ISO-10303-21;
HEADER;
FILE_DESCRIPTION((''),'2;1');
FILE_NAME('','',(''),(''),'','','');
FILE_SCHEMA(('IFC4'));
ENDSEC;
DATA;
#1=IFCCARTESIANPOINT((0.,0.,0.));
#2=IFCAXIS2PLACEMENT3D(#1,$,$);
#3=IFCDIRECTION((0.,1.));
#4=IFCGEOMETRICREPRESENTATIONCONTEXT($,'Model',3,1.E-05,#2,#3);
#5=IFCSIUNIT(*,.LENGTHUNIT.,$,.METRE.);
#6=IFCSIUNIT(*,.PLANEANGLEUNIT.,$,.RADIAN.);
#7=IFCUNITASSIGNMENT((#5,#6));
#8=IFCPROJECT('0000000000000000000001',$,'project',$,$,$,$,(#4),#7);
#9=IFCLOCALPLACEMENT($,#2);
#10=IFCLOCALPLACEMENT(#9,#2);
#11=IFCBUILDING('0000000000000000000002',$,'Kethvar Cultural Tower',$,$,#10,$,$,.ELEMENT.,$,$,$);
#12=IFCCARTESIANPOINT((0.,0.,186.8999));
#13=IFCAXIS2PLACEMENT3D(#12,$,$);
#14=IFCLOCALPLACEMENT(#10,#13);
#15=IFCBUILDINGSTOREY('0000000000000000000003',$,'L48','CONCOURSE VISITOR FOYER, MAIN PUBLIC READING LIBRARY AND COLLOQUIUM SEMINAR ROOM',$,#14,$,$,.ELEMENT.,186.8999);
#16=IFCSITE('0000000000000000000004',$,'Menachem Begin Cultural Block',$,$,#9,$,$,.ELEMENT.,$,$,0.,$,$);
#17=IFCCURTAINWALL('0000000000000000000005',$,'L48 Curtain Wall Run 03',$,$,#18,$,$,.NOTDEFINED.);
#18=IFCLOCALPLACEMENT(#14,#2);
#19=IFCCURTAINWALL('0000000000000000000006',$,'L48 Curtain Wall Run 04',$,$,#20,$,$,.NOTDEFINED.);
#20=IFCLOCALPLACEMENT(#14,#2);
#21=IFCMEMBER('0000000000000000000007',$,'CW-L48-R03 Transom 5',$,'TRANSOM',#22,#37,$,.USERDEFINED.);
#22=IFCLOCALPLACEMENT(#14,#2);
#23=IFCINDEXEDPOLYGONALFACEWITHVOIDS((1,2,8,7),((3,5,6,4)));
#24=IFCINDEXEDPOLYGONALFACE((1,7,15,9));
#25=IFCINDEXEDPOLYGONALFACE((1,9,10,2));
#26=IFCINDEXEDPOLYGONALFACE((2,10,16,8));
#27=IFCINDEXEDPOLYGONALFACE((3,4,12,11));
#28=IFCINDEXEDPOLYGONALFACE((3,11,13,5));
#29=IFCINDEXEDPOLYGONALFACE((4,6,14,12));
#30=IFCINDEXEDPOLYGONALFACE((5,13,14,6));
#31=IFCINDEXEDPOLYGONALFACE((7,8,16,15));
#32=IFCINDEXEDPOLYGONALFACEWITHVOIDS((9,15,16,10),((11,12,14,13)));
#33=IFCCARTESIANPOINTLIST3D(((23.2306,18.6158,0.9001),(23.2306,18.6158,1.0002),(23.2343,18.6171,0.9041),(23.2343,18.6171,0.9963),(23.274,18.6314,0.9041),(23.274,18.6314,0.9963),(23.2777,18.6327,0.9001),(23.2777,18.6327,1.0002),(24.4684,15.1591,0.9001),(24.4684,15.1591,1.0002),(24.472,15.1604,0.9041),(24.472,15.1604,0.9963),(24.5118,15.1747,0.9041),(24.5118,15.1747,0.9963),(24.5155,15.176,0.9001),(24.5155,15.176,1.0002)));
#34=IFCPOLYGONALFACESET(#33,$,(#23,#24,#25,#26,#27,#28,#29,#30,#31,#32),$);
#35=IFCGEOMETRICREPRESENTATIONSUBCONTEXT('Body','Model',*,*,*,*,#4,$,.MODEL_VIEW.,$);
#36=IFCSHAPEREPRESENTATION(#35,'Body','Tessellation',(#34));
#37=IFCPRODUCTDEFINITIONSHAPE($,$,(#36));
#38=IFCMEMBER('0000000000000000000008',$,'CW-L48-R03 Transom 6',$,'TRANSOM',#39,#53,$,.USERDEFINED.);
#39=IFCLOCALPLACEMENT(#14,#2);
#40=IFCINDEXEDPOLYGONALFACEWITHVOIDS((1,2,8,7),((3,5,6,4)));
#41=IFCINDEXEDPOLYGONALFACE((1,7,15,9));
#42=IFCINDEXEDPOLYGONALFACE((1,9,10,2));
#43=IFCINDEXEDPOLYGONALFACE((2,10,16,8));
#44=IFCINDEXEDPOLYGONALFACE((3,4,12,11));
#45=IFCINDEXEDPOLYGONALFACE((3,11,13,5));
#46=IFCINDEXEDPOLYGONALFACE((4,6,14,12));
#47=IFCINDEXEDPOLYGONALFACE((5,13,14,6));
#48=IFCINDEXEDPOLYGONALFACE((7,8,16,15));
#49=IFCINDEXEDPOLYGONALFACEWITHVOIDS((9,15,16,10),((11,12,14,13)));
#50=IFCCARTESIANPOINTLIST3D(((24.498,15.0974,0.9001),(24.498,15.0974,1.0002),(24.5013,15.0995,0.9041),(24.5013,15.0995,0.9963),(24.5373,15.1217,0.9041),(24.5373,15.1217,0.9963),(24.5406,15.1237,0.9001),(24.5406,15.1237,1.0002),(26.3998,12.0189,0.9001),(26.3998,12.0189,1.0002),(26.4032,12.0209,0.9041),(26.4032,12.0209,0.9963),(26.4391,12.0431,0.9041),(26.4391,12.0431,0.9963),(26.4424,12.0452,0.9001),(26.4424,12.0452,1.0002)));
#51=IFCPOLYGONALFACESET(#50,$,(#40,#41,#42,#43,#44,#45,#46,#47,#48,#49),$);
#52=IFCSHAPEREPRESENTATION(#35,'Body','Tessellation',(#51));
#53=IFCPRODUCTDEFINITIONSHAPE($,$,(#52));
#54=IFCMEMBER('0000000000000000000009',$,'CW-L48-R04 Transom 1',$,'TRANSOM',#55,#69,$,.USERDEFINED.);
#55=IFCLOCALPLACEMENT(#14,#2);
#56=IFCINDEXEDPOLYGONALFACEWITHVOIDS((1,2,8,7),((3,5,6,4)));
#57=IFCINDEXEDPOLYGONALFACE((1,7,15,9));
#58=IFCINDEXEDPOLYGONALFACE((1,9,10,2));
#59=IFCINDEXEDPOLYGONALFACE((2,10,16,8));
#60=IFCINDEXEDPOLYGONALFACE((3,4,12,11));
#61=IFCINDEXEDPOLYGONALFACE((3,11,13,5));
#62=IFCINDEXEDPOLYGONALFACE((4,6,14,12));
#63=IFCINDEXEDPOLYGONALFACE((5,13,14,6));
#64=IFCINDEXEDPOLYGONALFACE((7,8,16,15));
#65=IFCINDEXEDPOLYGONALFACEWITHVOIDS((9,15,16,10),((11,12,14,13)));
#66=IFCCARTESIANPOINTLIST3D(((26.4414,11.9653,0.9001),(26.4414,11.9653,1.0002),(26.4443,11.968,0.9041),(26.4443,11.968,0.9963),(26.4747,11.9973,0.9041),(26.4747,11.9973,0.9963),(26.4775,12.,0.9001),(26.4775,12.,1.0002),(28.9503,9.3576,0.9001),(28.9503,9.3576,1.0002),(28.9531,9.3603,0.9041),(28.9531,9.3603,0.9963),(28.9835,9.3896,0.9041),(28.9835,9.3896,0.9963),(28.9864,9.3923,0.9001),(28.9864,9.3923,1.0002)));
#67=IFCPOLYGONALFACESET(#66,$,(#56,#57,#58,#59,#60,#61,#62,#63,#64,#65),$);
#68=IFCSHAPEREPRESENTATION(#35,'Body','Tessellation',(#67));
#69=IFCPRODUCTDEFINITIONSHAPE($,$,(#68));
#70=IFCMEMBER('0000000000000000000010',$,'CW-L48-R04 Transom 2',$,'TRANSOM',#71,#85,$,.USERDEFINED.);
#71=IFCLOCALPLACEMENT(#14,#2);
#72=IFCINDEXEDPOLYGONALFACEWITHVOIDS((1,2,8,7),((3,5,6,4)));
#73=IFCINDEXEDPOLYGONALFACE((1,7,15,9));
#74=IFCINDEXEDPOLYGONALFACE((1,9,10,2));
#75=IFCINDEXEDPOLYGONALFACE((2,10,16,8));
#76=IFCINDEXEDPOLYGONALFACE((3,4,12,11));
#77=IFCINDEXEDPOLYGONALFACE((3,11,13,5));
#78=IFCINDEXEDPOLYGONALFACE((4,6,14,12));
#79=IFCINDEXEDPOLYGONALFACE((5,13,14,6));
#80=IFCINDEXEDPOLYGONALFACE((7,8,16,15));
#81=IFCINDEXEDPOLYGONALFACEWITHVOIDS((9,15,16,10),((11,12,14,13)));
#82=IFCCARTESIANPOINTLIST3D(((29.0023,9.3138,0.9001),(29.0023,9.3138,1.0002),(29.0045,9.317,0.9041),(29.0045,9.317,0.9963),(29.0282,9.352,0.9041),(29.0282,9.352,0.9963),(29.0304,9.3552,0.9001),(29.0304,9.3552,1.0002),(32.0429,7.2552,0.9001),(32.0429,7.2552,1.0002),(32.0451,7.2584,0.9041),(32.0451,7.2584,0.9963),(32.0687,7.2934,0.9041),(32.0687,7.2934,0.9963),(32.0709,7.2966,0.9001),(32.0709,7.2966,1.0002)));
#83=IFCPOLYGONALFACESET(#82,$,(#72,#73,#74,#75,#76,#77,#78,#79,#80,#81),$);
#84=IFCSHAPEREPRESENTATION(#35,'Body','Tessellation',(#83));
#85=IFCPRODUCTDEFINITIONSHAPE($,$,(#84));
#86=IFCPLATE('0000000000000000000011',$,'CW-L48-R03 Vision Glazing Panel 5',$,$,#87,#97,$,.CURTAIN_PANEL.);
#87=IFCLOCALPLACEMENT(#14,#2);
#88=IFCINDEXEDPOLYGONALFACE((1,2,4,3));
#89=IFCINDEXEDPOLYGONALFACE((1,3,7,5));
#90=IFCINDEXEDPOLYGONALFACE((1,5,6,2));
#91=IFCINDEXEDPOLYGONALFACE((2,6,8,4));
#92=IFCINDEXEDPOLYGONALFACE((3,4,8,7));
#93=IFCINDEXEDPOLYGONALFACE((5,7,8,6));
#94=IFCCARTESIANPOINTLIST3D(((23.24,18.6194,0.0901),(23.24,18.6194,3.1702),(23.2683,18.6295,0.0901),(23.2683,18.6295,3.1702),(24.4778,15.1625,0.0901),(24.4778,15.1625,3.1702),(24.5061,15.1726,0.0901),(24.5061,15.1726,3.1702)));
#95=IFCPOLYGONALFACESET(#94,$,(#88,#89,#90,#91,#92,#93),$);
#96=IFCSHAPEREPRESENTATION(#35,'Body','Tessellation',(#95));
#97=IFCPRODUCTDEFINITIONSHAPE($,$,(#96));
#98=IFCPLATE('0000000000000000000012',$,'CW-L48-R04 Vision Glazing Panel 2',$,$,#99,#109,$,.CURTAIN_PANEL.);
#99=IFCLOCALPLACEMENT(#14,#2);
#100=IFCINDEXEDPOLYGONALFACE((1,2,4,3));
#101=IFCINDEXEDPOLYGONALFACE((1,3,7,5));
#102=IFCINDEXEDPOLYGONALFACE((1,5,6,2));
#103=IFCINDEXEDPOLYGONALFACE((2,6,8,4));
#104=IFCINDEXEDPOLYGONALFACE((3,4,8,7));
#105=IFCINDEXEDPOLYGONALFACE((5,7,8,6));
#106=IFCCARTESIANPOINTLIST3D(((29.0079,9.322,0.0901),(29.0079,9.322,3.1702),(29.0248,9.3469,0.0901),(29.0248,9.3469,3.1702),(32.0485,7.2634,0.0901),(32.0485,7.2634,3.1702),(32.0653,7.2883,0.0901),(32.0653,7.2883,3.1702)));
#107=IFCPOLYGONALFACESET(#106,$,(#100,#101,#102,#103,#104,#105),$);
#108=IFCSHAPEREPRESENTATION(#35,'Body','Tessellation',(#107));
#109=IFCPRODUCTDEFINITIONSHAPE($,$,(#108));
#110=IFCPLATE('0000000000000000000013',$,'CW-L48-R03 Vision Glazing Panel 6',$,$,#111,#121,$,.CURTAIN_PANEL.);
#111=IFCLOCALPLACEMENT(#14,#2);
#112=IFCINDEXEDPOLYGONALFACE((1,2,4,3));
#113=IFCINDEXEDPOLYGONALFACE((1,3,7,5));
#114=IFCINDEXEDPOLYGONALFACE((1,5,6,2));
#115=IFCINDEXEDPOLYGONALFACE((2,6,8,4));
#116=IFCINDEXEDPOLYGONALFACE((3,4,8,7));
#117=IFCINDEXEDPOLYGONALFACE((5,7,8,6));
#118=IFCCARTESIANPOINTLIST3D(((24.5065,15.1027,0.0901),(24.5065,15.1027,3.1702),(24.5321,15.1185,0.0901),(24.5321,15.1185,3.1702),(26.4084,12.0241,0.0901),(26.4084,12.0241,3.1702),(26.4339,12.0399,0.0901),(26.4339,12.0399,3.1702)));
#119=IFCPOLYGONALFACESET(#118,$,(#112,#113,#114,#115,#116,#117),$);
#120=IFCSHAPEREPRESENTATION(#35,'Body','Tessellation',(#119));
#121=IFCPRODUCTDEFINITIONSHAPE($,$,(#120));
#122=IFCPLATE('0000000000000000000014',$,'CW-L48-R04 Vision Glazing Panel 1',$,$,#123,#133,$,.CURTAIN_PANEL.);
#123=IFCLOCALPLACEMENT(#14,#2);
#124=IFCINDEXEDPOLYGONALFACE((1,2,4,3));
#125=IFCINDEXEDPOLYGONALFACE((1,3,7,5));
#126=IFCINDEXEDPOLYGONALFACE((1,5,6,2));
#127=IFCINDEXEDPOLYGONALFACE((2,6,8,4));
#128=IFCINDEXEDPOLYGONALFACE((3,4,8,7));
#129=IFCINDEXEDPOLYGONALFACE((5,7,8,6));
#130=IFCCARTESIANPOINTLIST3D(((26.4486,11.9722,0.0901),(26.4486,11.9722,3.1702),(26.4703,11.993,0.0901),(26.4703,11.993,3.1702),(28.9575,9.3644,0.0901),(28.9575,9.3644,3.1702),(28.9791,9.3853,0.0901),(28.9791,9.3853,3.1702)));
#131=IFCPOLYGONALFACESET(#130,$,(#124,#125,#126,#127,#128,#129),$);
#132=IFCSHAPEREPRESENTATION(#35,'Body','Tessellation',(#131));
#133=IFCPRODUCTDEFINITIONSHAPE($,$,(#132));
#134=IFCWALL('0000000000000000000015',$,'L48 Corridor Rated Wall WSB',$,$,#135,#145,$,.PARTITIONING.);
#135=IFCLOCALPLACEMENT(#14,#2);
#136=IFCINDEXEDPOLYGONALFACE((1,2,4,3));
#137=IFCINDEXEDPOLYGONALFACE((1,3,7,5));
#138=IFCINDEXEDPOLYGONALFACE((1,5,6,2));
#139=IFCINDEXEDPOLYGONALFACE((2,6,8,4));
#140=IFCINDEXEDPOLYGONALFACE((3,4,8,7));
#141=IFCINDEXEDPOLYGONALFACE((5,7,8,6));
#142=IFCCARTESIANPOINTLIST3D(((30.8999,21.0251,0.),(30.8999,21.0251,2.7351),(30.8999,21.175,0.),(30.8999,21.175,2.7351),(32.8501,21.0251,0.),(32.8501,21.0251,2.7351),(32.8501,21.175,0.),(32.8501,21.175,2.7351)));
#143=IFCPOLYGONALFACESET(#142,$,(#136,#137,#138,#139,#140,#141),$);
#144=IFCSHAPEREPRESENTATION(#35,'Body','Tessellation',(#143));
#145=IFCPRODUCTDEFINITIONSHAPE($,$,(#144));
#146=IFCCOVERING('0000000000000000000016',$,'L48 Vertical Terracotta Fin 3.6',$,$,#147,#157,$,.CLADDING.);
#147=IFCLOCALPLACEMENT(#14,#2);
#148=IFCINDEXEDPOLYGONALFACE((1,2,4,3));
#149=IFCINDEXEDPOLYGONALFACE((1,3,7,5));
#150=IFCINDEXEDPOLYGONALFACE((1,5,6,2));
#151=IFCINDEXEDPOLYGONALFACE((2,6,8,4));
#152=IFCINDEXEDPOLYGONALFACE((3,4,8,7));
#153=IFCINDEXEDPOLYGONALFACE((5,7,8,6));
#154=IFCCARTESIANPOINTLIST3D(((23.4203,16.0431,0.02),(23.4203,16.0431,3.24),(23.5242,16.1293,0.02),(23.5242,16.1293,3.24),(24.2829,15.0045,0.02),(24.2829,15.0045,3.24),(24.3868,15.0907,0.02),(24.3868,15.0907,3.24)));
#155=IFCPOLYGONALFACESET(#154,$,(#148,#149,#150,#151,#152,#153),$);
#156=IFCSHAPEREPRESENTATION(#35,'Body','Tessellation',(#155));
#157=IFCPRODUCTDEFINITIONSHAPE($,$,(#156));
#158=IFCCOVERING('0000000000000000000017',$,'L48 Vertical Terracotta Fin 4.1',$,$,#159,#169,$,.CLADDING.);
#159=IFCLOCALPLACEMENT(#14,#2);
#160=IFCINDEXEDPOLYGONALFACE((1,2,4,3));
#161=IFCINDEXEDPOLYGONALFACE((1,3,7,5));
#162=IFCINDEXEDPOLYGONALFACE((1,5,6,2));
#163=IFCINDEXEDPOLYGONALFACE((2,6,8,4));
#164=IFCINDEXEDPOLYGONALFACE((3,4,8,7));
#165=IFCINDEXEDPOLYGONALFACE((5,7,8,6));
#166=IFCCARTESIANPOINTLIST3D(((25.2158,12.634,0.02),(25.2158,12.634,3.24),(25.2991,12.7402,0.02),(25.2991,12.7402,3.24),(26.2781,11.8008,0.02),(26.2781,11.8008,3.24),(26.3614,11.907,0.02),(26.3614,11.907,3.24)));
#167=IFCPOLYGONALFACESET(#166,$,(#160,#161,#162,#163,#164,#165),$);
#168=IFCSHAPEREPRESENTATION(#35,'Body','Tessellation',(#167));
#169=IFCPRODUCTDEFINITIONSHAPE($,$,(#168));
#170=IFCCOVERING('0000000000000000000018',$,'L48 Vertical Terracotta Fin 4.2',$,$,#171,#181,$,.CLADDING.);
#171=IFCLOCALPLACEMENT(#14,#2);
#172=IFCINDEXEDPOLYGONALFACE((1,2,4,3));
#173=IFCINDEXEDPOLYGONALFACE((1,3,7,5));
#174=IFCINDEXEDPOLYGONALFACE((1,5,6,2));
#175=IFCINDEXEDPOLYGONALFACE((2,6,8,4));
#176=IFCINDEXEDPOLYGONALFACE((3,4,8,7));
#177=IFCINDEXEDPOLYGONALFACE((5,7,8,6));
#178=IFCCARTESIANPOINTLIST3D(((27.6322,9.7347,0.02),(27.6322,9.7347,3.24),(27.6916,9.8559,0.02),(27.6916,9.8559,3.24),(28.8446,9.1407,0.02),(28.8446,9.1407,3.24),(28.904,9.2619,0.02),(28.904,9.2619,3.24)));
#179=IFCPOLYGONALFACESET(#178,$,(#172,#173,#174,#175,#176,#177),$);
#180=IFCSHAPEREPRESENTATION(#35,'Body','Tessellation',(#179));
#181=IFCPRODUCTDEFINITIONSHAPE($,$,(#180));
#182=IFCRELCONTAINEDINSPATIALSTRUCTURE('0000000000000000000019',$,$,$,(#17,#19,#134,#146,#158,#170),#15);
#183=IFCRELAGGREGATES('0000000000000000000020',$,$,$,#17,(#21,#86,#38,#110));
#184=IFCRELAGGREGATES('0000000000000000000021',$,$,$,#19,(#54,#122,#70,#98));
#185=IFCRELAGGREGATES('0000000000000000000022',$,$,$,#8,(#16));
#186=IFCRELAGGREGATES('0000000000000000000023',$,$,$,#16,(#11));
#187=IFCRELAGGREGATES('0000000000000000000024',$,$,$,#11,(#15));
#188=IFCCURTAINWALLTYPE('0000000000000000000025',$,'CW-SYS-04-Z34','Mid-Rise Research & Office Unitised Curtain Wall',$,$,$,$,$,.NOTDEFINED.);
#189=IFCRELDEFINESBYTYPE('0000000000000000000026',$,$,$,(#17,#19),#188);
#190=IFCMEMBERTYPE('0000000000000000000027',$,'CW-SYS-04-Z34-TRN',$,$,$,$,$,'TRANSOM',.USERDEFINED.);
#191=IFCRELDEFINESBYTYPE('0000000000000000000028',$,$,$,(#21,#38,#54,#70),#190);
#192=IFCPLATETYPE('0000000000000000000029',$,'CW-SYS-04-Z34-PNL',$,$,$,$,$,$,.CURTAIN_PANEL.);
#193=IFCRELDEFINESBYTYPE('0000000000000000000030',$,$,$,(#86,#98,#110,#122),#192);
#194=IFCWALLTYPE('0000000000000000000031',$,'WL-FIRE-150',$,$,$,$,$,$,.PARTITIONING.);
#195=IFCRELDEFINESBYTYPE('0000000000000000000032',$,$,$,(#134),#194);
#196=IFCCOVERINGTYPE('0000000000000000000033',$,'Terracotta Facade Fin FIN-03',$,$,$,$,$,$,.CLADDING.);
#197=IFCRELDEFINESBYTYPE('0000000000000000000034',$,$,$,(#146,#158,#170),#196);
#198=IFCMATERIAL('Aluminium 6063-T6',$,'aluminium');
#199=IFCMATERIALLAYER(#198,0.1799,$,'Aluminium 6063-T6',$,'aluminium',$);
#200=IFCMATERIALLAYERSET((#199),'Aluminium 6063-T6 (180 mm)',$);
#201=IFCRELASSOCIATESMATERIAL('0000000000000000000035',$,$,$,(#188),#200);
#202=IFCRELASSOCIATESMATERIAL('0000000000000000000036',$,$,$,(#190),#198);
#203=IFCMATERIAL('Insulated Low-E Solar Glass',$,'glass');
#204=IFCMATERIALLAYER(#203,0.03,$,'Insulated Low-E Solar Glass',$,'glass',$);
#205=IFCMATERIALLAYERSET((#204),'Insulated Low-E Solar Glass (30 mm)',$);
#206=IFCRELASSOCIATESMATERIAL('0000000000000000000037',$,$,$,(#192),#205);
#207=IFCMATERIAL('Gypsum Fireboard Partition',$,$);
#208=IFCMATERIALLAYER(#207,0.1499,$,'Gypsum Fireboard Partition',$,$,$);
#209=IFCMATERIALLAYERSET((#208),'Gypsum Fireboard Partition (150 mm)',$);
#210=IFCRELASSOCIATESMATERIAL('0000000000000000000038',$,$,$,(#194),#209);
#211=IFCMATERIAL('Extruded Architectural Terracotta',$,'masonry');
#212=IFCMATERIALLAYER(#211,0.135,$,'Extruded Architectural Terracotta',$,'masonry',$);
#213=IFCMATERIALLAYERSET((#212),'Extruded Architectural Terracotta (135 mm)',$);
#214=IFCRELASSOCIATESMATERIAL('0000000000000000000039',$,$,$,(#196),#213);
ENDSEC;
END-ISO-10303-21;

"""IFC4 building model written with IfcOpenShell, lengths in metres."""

from ifc_helpers import new_model, si_unit, direction, frame, frame_2d, origin, origin_2d, place, context, subcontext, project, spatial, rectangle, hollow_rectangle, extrude, source, transform, mapped, material, layer, layer_set, material_profile, profile_set, type_object, element, aggregate, save


model = new_model("IFC4")

# Units and contexts
model_context = context("Model", 3, precision=1e-05, world=origin(), true_north=direction((0.0, 1.0)))
body_context = subcontext(model_context, "Body", "Model", "MODEL_VIEW")
ifc_project = project(units=[si_unit("LENGTHUNIT", "METRE"), si_unit("PLANEANGLEUNIT", "RADIAN")], contexts=[model_context])

# Site, building, storey
site_placement = place(None, origin())
site = spatial("IfcSite", under=ifc_project, at=site_placement, Name="Menachem Begin Cultural Block", CompositionType="ELEMENT", RefElevation=0.0)
building_placement = place(site_placement, origin())
building = spatial("IfcBuilding", under=site, at=building_placement, Name="Kethvar Cultural Tower", CompositionType="ELEMENT")
storey_placement = place(building_placement, frame((0.0, 0.0, 186.8999)))
storey = spatial("IfcBuildingStorey", under=building, at=storey_placement, Name="L48", Description="CONCOURSE VISITOR FOYER, MAIN PUBLIC READING LIBRARY AND COLLOQUIUM SEMINAR ROOM", CompositionType="ELEMENT", Elevation=186.8999)

# Curtain walls
ifc_material_1 = material(Name="Aluminium 6063-T6", Category="aluminium")
ifc_layer_1 = layer(ifc_material_1, 0.1799, Name="Aluminium 6063-T6", Category="aluminium")
ifc_layer_set_1 = layer_set([ifc_layer_1], Name="Aluminium 6063-T6 (180 mm)")
curtain_wall_type = type_object("IfcCurtainWallType", Name="CW-SYS-04-Z34", Description="Mid-Rise Research & Office Unitised Curtain Wall", PredefinedType="NOTDEFINED", material=ifc_layer_set_1)
curtain_wall_1_placement = place(storey_placement, origin())
curtain_wall_1 = element("IfcCurtainWall", 1, at=curtain_wall_1_placement, inside=storey, type_object=curtain_wall_type, Name="L48 Curtain Wall Run 03", PredefinedType="NOTDEFINED")
curtain_wall_2_placement = place(storey_placement, origin())
curtain_wall_2 = element("IfcCurtainWall", 2, at=curtain_wall_2_placement, inside=storey, type_object=curtain_wall_type, Name="L48 Curtain Wall Run 04", PredefinedType="NOTDEFINED")

# Members
ifc_material_profile_1 = material_profile(ifc_material_1, hollow_rectangle(XDim=0.05, YDim=0.1001, WallThickness=0.0039, at=origin_2d()), Name="Aluminium 6063-T6 — RHS100x50x4")
ifc_profile_set_1 = profile_set([ifc_material_profile_1], Name="Aluminium 6063-T6 — RHS100x50x4")
member_type_1 = type_object("IfcMemberType", Name="CW-SYS-04-Z34-TRN", ElementType="TRANSOM", PredefinedType="USERDEFINED", material=ifc_profile_set_1)
shared_shape_1 = source(origin(), body_context, "Body", "SweptSolid", [
    extrude(hollow_rectangle(XDim=0.05, YDim=0.1001, WallThickness=0.0039, at=origin_2d()), origin(), (0.0, 0.0, 1.0), 3.6716),
])
member_1_placement = place(storey_placement, frame((23.2542, 18.6243, 0.9502), z_axis=(0.337116, -0.941463, 0.0), x_axis=(0.941463, 0.337116, 0.0)))
member_1 = element("IfcMember", 3, at=member_1_placement, type_object=member_type_1, Name="CW-L48-R03 Transom 5", ObjectType="TRANSOM", PredefinedType="USERDEFINED", context=body_context, shape_type="MappedRepresentation", body=[
    mapped(shared_shape_1, transform((0.0, 0.0, 0.0), scale=1.0)),
])
shared_shape_2 = source(origin(), body_context, "Body", "SweptSolid", [
    extrude(hollow_rectangle(XDim=0.05, YDim=0.1001, WallThickness=0.0039, at=origin_2d()), origin(), (0.0, 0.0, 1.0), 3.6187),
])
member_2_placement = place(storey_placement, frame((24.5193, 15.1106, 0.9502), z_axis=(0.525565, -0.850754, 0.0), x_axis=(0.850754, 0.525565, 0.0)))
member_2 = element("IfcMember", 4, at=member_2_placement, type_object=member_type_1, Name="CW-L48-R03 Transom 6", ObjectType="TRANSOM", PredefinedType="USERDEFINED", context=body_context, shape_type="MappedRepresentation", body=[
    mapped(shared_shape_2, transform((0.0, 0.0, 0.0), scale=1.0)),
])
member_3_placement = place(storey_placement, frame((26.4595, 11.9827, 0.9502), z_axis=(0.693312, -0.720637, 0.0), x_axis=(0.720637, 0.693312, 0.0)))
member_3 = element("IfcMember", 5, at=member_3_placement, type_object=member_type_1, Name="CW-L48-R04 Transom 1", ObjectType="TRANSOM", PredefinedType="USERDEFINED", context=body_context, shape_type="MappedRepresentation", body=[
    mapped(shared_shape_2, transform((0.0, 0.0, 0.0), scale=1.0)),
])
shared_shape_3 = source(origin(), body_context, "Body", "SweptSolid", [
    extrude(hollow_rectangle(XDim=0.05, YDim=0.1001, WallThickness=0.0039, at=origin_2d()), origin(), (0.0, 0.0, 1.0), 3.6719),
])
member_4_placement = place(storey_placement, frame((29.0164, 9.3345, 0.9502), z_axis=(0.82806, -0.560639, 0.0), x_axis=(0.560639, 0.82806, 0.0)))
member_4 = element("IfcMember", 6, at=member_4_placement, type_object=member_type_1, Name="CW-L48-R04 Transom 2", ObjectType="TRANSOM", PredefinedType="USERDEFINED", context=body_context, shape_type="MappedRepresentation", body=[
    mapped(shared_shape_3, transform((0.0, 0.0, 0.0), scale=1.0)),
])

# Plates
ifc_material_2 = material(Name="Insulated Low-E Solar Glass", Category="glass")
ifc_layer_2 = layer(ifc_material_2, 0.03, Name="Insulated Low-E Solar Glass", Category="glass")
ifc_layer_set_2 = layer_set([ifc_layer_2], Name="Insulated Low-E Solar Glass (30 mm)")
plate_type = type_object("IfcPlateType", Name="CW-SYS-04-Z34-PNL", PredefinedType="CURTAIN_PANEL", material=ifc_layer_set_2)
shared_shape_4 = source(origin(), body_context, "Body", "SweptSolid", [
    extrude(rectangle(XDim=3.6719, YDim=0.03, at=origin_2d()), origin(), (0.0, 0.0, 1.0), 3.0801),
])
plate_1_placement = place(storey_placement, frame((23.873, 16.896, 0.0901), z_axis=(0.0, 0.0, 1.0), x_axis=(0.337095, -0.941471, 0.0)))
plate_1 = element("IfcPlate", 7, at=plate_1_placement, type_object=plate_type, Name="CW-L48-R03 Vision Glazing Panel 5", PredefinedType="CURTAIN_PANEL", context=body_context, shape_type="MappedRepresentation", body=[
    mapped(shared_shape_4, transform((0.0, 0.0, 0.0), scale=1.0)),
])
plate_2_placement = place(storey_placement, frame((30.5366, 8.3052, 0.0901), z_axis=(0.0, 0.0, 1.0), x_axis=(0.82806, -0.560639, 0.0)))
plate_2 = element("IfcPlate", 8, at=plate_2_placement, type_object=plate_type, Name="CW-L48-R04 Vision Glazing Panel 2", PredefinedType="CURTAIN_PANEL", context=body_context, shape_type="MappedRepresentation", body=[
    mapped(shared_shape_4, transform((0.0, 0.0, 0.0), scale=1.0)),
])
shared_shape_5 = source(origin(), body_context, "Body", "SweptSolid", [
    extrude(rectangle(XDim=3.6187, YDim=0.03, at=origin_2d()), origin(), (0.0, 0.0, 1.0), 3.0801),
])
plate_3_placement = place(storey_placement, frame((25.4702, 13.5713, 0.0901), z_axis=(0.0, 0.0, 1.0), x_axis=(0.525576, -0.850747, 0.0)))
plate_3 = element("IfcPlate", 9, at=plate_3_placement, type_object=plate_type, Name="CW-L48-R03 Vision Glazing Panel 6", PredefinedType="CURTAIN_PANEL", context=body_context, shape_type="MappedRepresentation", body=[
    mapped(shared_shape_5, transform((0.0, 0.0, 0.0), scale=1.0)),
])
aggregate(curtain_wall_1, [member_1, plate_1, member_2, plate_3])
plate_4_placement = place(storey_placement, frame((27.7139, 10.6787, 0.0901), z_axis=(0.0, 0.0, 1.0), x_axis=(0.693314, -0.720636, 0.0)))
plate_4 = element("IfcPlate", 10, at=plate_4_placement, type_object=plate_type, Name="CW-L48-R04 Vision Glazing Panel 1", PredefinedType="CURTAIN_PANEL", context=body_context, shape_type="MappedRepresentation", body=[
    mapped(shared_shape_5, transform((0.0, 0.0, 0.0), scale=1.0)),
])
aggregate(curtain_wall_2, [member_3, plate_4, member_4, plate_2])

# Wall
ifc_material_3 = material(Name="Gypsum Fireboard Partition")
ifc_layer_3 = layer(ifc_material_3, 0.1499, Name="Gypsum Fireboard Partition")
ifc_layer_set_3 = layer_set([ifc_layer_3], Name="Gypsum Fireboard Partition (150 mm)")
wall_type = type_object("IfcWallType", Name="WL-FIRE-150", PredefinedType="PARTITIONING", material=ifc_layer_set_3)
wall_placement = place(storey_placement, frame((30.8999, 21.1001, 0.0), z_axis=(0.0, 0.0, 1.0), x_axis=(1.0, 0.0, 0.0)))
element("IfcWall", 11, at=wall_placement, inside=storey, type_object=wall_type, Name="L48 Corridor Rated Wall WSB", PredefinedType="PARTITIONING", context=body_context, shape_type="SweptSolid", body=[
    extrude(rectangle(XDim=1.9502, YDim=0.1499, at=frame_2d((0.9751, 0.0))), origin(), (0.0, 0.0, 1.0), 2.7351),
])

# Coverings
ifc_material_4 = material(Name="Extruded Architectural Terracotta", Category="masonry")
ifc_layer_4 = layer(ifc_material_4, 0.135, Name="Extruded Architectural Terracotta", Category="masonry")
ifc_layer_set_4 = layer_set([ifc_layer_4], Name="Extruded Architectural Terracotta (135 mm)")
covering_type = type_object("IfcCoveringType", Name="Terracotta Facade Fin FIN-03", PredefinedType="CLADDING", material=ifc_layer_set_4)
shared_shape_6 = source(origin(), body_context, "Body", "SweptSolid", [
    extrude(rectangle(XDim=1.3501, YDim=0.135, at=origin_2d()), origin(), (0.0, 0.0, 1.0), 3.22),
])
for number, where, z_axis, x_axis, name in (
    (12, (23.9036, 15.5669, 0.02), (0.0, 0.0, 1.0), (-0.638902, 0.769288, 0.0), "L48 Vertical Terracotta Fin 3.6"),
    (13, (25.7886, 12.2705, 0.02), (0.0, 0.0, 1.0), (-0.786827, 0.617173, 0.0), "L48 Vertical Terracotta Fin 4.1"),
    (14, (28.2681, 9.4983, 0.02), (0.0, 0.0, 1.0), (-0.898028, 0.439939, 0.0), "L48 Vertical Terracotta Fin 4.2"),
):
    element("IfcCovering", number, at=place(storey_placement, frame(where, z_axis=z_axis, x_axis=x_axis)), inside=storey, type_object=covering_type, Name=name, PredefinedType="CLADDING", context=body_context, shape_type="MappedRepresentation", body=[
        mapped(shared_shape_6, transform((0.0, 0.0, 0.0), scale=1.0)),
    ])

save(model, "model.ifc")
